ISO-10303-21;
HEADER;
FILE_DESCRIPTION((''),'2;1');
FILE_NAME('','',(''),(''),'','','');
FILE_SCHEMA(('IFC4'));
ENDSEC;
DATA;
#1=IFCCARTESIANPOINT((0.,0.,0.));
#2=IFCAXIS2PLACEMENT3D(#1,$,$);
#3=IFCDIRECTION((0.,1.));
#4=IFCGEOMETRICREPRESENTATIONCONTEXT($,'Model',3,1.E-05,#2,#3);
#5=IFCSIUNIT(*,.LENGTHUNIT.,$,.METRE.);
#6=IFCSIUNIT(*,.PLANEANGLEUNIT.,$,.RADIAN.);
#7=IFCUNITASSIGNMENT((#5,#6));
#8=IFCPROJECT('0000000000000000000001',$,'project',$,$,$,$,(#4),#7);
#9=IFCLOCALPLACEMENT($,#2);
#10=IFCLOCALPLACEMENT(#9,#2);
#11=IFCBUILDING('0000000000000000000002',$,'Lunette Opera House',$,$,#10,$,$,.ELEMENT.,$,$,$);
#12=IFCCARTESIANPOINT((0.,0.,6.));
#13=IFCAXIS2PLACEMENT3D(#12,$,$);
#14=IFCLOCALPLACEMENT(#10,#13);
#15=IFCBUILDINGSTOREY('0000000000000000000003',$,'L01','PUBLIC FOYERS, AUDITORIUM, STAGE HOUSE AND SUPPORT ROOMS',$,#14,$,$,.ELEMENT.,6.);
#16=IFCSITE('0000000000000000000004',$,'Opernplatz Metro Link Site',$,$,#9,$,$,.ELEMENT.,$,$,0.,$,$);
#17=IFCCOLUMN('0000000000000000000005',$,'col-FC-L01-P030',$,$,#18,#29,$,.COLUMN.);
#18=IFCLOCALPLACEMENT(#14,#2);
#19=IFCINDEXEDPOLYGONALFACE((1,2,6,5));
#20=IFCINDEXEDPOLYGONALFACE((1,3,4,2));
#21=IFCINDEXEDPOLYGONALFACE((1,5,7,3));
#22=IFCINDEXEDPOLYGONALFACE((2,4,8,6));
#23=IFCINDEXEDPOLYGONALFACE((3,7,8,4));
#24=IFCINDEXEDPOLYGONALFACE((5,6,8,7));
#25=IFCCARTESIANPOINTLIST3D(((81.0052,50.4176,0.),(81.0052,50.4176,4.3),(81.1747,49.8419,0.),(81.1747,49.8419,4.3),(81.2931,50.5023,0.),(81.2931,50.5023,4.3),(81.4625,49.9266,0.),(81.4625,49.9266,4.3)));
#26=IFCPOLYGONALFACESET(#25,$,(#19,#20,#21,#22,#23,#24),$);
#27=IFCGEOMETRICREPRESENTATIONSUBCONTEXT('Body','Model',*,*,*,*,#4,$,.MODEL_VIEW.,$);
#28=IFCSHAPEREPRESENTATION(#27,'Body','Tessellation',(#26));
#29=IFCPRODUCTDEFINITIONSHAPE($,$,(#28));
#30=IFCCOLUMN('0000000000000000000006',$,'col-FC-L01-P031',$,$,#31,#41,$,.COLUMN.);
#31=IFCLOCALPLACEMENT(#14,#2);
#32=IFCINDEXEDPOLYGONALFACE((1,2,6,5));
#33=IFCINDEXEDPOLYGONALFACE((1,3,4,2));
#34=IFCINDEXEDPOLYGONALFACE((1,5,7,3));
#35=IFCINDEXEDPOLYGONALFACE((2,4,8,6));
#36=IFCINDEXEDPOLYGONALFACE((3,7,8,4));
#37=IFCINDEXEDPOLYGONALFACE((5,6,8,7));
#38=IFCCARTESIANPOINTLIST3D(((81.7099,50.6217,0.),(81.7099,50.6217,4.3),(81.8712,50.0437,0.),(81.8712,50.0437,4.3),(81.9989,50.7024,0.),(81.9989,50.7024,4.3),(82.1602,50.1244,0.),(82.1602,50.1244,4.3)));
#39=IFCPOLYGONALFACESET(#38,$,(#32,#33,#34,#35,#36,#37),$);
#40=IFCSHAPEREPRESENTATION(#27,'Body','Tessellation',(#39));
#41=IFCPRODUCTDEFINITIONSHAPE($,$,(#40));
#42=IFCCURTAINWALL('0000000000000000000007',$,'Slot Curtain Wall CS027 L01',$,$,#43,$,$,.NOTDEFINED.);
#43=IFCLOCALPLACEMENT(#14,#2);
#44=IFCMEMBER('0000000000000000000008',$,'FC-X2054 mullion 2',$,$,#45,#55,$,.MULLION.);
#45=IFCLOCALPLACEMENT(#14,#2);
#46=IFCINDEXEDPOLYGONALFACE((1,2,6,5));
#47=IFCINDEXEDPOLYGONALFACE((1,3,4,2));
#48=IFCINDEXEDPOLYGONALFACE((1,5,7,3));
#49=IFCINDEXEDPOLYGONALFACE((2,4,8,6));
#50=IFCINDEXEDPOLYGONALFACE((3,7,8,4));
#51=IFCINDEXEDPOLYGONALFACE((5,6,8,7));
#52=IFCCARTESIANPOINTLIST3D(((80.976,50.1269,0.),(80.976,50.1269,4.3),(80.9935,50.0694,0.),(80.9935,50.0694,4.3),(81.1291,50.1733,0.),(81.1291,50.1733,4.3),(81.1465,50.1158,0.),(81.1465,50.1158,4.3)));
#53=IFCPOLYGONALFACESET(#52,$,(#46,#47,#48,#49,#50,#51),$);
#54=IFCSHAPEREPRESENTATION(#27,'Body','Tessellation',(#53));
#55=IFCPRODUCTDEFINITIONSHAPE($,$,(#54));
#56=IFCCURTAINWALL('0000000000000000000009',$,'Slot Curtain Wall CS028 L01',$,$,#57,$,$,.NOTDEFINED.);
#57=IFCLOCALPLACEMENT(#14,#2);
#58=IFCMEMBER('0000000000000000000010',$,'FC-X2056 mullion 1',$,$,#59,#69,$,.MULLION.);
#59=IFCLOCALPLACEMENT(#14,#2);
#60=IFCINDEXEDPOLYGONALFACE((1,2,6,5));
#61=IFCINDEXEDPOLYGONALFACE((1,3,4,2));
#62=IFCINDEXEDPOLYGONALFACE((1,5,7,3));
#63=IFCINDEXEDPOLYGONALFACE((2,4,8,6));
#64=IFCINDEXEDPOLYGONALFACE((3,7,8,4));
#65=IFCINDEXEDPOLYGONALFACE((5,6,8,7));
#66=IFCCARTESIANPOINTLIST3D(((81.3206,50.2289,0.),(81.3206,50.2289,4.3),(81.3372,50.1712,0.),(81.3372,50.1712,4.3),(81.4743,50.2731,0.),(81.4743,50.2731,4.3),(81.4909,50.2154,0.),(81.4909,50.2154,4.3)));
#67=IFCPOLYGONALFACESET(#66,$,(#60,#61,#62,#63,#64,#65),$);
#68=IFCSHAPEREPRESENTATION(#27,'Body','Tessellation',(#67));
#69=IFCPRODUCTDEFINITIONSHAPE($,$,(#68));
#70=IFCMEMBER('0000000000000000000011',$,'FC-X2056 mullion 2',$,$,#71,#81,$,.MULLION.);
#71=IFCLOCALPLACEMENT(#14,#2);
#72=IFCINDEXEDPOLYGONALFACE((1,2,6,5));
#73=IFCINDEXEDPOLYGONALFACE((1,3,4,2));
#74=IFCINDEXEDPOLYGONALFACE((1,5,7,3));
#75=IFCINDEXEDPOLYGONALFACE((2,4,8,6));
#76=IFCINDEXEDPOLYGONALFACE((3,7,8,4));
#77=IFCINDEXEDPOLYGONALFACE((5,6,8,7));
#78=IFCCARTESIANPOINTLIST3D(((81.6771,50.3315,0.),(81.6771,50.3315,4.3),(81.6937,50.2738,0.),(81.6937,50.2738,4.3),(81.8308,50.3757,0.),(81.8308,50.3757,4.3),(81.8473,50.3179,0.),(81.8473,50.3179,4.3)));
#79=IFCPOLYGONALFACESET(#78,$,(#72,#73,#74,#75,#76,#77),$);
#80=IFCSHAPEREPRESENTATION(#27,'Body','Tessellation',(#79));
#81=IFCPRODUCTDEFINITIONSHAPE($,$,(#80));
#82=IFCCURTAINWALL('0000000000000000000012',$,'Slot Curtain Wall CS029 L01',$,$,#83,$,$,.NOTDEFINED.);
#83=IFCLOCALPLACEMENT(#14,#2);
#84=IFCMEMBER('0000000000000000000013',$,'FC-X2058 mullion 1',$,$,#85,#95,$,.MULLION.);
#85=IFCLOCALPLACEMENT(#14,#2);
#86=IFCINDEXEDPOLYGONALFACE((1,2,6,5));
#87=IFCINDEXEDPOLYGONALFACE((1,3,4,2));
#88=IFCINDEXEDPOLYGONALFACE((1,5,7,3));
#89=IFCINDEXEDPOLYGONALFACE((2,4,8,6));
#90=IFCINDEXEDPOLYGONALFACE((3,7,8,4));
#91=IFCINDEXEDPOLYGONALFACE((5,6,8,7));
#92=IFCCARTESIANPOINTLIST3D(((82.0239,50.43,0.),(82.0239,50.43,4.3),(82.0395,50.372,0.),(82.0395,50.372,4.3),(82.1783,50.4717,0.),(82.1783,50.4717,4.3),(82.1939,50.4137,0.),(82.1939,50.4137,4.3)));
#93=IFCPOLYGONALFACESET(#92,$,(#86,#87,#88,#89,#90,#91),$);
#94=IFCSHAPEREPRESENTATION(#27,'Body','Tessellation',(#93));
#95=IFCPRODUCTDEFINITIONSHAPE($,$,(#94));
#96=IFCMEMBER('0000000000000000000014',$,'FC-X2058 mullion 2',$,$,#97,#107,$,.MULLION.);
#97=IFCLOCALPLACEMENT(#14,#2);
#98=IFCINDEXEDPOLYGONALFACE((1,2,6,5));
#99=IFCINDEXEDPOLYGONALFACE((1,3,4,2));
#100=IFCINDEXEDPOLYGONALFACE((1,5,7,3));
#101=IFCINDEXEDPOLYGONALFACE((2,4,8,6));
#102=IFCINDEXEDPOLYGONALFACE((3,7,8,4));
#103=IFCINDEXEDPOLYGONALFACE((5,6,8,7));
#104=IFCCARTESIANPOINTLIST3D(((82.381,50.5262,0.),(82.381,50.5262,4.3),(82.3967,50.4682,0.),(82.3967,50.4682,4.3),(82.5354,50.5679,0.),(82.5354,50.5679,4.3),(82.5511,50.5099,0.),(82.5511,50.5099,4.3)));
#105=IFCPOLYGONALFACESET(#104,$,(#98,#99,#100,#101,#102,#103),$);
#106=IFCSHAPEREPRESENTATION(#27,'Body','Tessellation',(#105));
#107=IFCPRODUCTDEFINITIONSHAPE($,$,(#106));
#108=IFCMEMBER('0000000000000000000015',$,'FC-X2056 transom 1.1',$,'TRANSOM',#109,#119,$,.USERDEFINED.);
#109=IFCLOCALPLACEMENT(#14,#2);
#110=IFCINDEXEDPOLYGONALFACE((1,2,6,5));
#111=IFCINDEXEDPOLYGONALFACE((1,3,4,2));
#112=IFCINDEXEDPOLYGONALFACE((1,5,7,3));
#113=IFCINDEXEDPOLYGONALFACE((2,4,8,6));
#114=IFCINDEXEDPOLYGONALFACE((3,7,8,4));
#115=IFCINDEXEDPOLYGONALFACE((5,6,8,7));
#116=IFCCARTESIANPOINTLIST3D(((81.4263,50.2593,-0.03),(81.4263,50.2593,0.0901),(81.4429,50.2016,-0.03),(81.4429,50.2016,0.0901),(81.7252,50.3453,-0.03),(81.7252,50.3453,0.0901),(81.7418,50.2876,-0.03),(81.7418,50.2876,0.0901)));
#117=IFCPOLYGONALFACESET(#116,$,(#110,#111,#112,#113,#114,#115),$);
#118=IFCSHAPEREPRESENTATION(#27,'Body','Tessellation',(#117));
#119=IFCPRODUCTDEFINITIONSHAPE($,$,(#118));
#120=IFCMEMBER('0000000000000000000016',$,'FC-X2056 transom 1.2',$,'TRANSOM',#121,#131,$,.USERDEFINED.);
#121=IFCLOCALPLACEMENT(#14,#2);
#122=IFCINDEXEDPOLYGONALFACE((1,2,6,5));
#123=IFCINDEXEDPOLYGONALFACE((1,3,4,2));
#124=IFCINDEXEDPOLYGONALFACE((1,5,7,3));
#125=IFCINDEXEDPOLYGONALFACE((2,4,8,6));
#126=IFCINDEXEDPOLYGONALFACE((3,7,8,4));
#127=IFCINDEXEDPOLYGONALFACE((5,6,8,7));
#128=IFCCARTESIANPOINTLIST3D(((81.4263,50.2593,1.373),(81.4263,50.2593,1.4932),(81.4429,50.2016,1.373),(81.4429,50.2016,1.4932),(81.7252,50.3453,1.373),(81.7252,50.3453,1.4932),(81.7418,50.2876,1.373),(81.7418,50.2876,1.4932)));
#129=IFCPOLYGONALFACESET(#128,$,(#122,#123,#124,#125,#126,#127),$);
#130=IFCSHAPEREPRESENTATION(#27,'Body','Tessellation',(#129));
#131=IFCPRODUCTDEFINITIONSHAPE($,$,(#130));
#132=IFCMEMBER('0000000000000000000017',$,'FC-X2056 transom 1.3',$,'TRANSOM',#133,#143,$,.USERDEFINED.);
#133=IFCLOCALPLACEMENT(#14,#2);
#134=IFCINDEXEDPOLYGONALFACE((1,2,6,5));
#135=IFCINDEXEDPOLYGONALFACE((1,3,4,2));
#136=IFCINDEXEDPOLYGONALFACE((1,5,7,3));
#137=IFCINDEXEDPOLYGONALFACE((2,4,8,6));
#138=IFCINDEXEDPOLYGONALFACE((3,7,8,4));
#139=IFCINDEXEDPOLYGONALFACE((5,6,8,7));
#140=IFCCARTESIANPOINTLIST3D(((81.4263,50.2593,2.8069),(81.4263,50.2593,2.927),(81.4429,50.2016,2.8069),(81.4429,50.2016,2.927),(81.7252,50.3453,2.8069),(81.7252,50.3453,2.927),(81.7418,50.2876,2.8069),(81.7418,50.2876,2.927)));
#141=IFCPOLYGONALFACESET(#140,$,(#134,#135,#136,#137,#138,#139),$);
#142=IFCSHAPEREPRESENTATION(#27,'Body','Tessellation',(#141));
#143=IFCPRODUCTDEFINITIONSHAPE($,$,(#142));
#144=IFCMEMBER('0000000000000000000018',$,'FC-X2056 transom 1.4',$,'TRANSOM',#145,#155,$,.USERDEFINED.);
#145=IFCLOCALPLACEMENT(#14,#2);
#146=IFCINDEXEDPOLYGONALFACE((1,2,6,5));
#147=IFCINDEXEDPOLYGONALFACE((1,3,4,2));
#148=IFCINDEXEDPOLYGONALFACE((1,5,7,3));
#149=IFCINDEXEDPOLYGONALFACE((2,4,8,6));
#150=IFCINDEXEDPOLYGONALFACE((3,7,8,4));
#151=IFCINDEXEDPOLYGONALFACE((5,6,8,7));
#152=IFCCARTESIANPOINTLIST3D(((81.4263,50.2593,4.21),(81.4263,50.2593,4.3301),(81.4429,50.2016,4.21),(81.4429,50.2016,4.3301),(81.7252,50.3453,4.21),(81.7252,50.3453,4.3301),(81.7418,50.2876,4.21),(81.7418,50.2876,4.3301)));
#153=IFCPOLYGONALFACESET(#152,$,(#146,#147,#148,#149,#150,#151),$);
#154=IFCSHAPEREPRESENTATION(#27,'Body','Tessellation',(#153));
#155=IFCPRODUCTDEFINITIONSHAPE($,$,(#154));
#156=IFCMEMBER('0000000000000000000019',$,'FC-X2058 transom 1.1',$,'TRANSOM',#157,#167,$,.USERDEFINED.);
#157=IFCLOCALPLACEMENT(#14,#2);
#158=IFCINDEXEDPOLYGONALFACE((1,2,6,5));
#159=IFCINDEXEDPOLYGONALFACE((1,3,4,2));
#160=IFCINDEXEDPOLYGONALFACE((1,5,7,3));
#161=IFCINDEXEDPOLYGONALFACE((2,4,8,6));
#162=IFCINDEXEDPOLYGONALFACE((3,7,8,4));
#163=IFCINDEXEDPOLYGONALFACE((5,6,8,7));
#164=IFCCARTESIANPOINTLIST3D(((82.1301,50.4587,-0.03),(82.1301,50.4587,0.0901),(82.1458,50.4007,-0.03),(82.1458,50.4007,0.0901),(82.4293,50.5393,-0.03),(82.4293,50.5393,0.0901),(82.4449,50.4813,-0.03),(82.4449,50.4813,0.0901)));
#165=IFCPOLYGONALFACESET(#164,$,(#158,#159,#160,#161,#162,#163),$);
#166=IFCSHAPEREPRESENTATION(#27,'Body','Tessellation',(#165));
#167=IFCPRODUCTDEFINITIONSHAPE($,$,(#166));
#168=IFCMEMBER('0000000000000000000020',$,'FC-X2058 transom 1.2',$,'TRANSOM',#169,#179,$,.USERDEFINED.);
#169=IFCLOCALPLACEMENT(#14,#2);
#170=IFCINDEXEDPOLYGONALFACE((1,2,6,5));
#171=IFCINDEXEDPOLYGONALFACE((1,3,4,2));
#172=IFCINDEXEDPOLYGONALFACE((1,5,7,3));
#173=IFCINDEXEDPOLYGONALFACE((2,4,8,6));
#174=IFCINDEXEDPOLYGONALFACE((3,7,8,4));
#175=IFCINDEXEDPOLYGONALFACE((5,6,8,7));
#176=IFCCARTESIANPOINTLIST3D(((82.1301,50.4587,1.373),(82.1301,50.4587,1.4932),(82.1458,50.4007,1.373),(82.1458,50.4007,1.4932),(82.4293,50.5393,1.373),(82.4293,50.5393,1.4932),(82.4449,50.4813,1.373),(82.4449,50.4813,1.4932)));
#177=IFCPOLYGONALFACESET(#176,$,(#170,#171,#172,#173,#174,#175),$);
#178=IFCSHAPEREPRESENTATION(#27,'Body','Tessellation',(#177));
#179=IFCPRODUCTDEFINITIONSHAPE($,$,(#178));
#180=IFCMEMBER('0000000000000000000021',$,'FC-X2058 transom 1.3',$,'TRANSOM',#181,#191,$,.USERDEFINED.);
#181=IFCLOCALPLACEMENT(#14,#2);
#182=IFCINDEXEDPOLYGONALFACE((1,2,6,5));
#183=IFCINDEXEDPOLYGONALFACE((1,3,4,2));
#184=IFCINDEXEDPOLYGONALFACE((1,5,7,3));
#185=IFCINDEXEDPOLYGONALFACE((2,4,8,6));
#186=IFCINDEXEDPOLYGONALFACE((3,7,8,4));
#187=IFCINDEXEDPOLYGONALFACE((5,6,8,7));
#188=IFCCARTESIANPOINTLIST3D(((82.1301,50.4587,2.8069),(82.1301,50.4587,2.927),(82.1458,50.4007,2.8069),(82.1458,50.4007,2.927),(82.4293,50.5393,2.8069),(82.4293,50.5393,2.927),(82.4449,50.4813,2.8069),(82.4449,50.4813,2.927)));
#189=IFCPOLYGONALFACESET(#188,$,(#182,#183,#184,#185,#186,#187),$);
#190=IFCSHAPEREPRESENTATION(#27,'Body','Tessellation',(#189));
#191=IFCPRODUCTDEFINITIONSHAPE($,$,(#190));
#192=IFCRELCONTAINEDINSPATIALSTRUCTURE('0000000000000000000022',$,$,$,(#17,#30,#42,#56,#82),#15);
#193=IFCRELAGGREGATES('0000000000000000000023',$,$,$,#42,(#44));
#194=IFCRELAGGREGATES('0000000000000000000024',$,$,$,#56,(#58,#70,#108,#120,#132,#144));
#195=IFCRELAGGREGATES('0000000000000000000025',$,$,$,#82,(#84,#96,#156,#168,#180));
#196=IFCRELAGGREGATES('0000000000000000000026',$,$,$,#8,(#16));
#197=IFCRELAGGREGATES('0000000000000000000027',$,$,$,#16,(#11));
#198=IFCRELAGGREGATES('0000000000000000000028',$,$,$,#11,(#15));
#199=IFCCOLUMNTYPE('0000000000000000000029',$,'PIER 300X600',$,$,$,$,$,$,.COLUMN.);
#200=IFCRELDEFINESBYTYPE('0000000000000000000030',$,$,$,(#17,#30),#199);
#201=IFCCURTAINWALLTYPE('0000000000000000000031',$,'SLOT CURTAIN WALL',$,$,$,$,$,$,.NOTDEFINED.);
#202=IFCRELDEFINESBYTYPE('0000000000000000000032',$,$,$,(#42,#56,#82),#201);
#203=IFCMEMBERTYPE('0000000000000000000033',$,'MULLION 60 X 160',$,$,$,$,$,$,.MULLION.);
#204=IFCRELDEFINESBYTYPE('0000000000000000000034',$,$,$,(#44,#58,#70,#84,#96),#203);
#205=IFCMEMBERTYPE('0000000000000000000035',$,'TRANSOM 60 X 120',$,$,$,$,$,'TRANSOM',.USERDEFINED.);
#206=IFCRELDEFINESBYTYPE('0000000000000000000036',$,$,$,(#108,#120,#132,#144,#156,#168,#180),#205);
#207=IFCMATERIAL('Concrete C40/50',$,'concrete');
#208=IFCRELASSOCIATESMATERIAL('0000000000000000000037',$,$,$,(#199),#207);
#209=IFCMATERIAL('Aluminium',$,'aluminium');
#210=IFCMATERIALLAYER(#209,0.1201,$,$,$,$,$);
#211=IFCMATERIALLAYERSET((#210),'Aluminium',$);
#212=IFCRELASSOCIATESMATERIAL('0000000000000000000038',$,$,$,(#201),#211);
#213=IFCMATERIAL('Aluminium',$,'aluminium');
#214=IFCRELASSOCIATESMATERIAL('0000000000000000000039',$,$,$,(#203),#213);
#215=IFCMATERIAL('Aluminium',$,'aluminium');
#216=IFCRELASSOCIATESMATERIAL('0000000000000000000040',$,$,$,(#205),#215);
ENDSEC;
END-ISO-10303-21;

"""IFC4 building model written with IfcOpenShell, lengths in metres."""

from ifc_helpers import new_model, si_unit, direction, frame, origin, origin_2d, place, context, subcontext, project, spatial, rectangle, extrude, material, layer, layer_set, material_profile, profile_set, type_object, element, aggregate, save


model = new_model("IFC4")

# Units and contexts
model_context = context("Model", 3, precision=1e-05, world=origin(), true_north=direction((0.0, 1.0)))
body_context = subcontext(model_context, "Body", "Model", "MODEL_VIEW")
ifc_project = project(units=[si_unit("LENGTHUNIT", "METRE"), si_unit("PLANEANGLEUNIT", "RADIAN")], contexts=[model_context])

# Site, building, storey
site_placement = place(None, origin())
site = spatial("IfcSite", under=ifc_project, at=site_placement, Name="Opernplatz Metro Link Site", CompositionType="ELEMENT", RefElevation=0.0)
building_placement = place(site_placement, origin())
building = spatial("IfcBuilding", under=site, at=building_placement, Name="Lunette Opera House", CompositionType="ELEMENT")
storey_placement = place(building_placement, frame((0.0, 0.0, 6.0)))
storey = spatial("IfcBuildingStorey", under=building, at=storey_placement, Name="L01", Description="PUBLIC FOYERS, AUDITORIUM, STAGE HOUSE AND SUPPORT ROOMS", CompositionType="ELEMENT", Elevation=6.0)

# Columns
ifc_material_1 = material(Name="Concrete C40/50", Category="concrete")
ifc_material_profile_1 = material_profile(ifc_material_1, rectangle(XDim=0.3, YDim=0.6001, at=origin_2d()), Name="PIER 300X600")
ifc_profile_set_1 = profile_set([ifc_material_profile_1], Name="Concrete C40/50")
column_type = type_object("IfcColumnType", Name="PIER 300X600", PredefinedType="COLUMN", material=ifc_profile_set_1)
for number, where, z_axis, x_axis, name in (
    (1, (81.2339, 50.1721, 0.0), (0.0, 0.0, 1.0), (0.959314, 0.282341, 0.0), "col-FC-L01-P030"),
    (2, (81.9351, 50.373, 0.0), (0.0, 0.0, 1.0), (0.963163, 0.26892, 0.0), "col-FC-L01-P031"),
):
    element("IfcColumn", number, at=place(storey_placement, frame(where, z_axis=z_axis, x_axis=x_axis)), inside=storey, type_object=column_type, Name=name, PredefinedType="COLUMN", context=body_context, shape_type="SweptSolid", body=[
        extrude(rectangle(XDim=0.3, YDim=0.6001, at=origin_2d()), origin(), (0.0, 0.0, 1.0), 4.3),
    ])

# Curtain wall, member
ifc_material_2 = material(Name="Aluminium", Category="aluminium")
ifc_layer_1 = layer(ifc_material_2, 0.1201)
ifc_layer_set_1 = layer_set([ifc_layer_1], Name="Aluminium")
curtain_wall_type = type_object("IfcCurtainWallType", Name="SLOT CURTAIN WALL", PredefinedType="NOTDEFINED", material=ifc_layer_set_1)
curtain_wall_1_placement = place(storey_placement, origin())
curtain_wall_1 = element("IfcCurtainWall", 3, at=curtain_wall_1_placement, inside=storey, type_object=curtain_wall_type, Name="Slot Curtain Wall CS027 L01", PredefinedType="NOTDEFINED")
ifc_material_3 = material(Name="Aluminium", Category="aluminium")
ifc_material_profile_2 = material_profile(ifc_material_3, rectangle(XDim=0.0601, YDim=0.1599, at=origin_2d()), Name="MULLION 60 X 160")
ifc_profile_set_2 = profile_set([ifc_material_profile_2], Name="Aluminium")
member_type_1 = type_object("IfcMemberType", Name="MULLION 60 X 160", PredefinedType="MULLION", material=ifc_profile_set_2)
member_1_placement = place(storey_placement, frame((81.0613, 50.1213, 0.0), z_axis=(0.0, 0.0, 1.0), x_axis=(-0.29033, 0.956927, 0.0)))
member_1 = element("IfcMember", 4, at=member_1_placement, type_object=member_type_1, Name="FC-X2054 mullion 2", PredefinedType="MULLION", context=body_context, shape_type="SweptSolid", body=[
    extrude(rectangle(XDim=0.0601, YDim=0.1599, at=origin_2d()), origin(), (0.0, 0.0, 1.0), 4.3),
])

# Curtain walls, members
curtain_wall_2_placement = place(storey_placement, origin())
curtain_wall_2 = element("IfcCurtainWall", 5, at=curtain_wall_2_placement, inside=storey, type_object=curtain_wall_type, Name="Slot Curtain Wall CS028 L01", PredefinedType="NOTDEFINED")
member_2_placement = place(storey_placement, frame((81.4058, 50.2222, 0.0), z_axis=(0.0, 0.0, 1.0), x_axis=(-0.276254, 0.961085, 0.0)))
member_2 = element("IfcMember", 6, at=member_2_placement, type_object=member_type_1, Name="FC-X2056 mullion 1", PredefinedType="MULLION", context=body_context, shape_type="SweptSolid", body=[
    extrude(rectangle(XDim=0.0601, YDim=0.1599, at=origin_2d()), origin(), (0.0, 0.0, 1.0), 4.3),
])
member_3_placement = place(storey_placement, frame((81.7622, 50.3247, 0.0), z_axis=(0.0, 0.0, 1.0), x_axis=(-0.276254, 0.961085, 0.0)))
member_3 = element("IfcMember", 7, at=member_3_placement, type_object=member_type_1, Name="FC-X2056 mullion 2", PredefinedType="MULLION", context=body_context, shape_type="SweptSolid", body=[
    extrude(rectangle(XDim=0.0601, YDim=0.1599, at=origin_2d()), origin(), (0.0, 0.0, 1.0), 4.3),
])
curtain_wall_3_placement = place(storey_placement, origin())
curtain_wall_3 = element("IfcCurtainWall", 8, at=curtain_wall_3_placement, inside=storey, type_object=curtain_wall_type, Name="Slot Curtain Wall CS029 L01", PredefinedType="NOTDEFINED")
member_4_placement = place(storey_placement, frame((82.1089, 50.4219, 0.0), z_axis=(0.0, 0.0, 1.0), x_axis=(-0.260557, 0.965458, 0.0)))
member_4 = element("IfcMember", 9, at=member_4_placement, type_object=member_type_1, Name="FC-X2058 mullion 1", PredefinedType="MULLION", context=body_context, shape_type="SweptSolid", body=[
    extrude(rectangle(XDim=0.0601, YDim=0.1599, at=origin_2d()), origin(), (0.0, 0.0, 1.0), 4.3),
])
member_5_placement = place(storey_placement, frame((82.4661, 50.5181, 0.0), z_axis=(0.0, 0.0, 1.0), x_axis=(-0.260557, 0.965458, 0.0)))
member_5 = element("IfcMember", 10, at=member_5_placement, type_object=member_type_1, Name="FC-X2058 mullion 2", PredefinedType="MULLION", context=body_context, shape_type="SweptSolid", body=[
    extrude(rectangle(XDim=0.0601, YDim=0.1599, at=origin_2d()), origin(), (0.0, 0.0, 1.0), 4.3),
])

# Members
ifc_material_4 = material(Name="Aluminium", Category="aluminium")
ifc_material_profile_3 = material_profile(ifc_material_4, rectangle(XDim=0.0601, YDim=0.1201, at=origin_2d()), Name="TRANSOM 60 X 120")
ifc_profile_set_3 = profile_set([ifc_material_profile_3], Name="Aluminium")
member_type_2 = type_object("IfcMemberType", Name="TRANSOM 60 X 120", ElementType="TRANSOM", PredefinedType="USERDEFINED", material=ifc_profile_set_3)
member_6_placement = place(storey_placement, frame((81.4346, 50.2305, 0.03), z_axis=(0.961048, 0.27638, 0.0), x_axis=(-0.27638, 0.961048, 0.0)))
member_6 = element("IfcMember", 11, at=member_6_placement, type_object=member_type_2, Name="FC-X2056 transom 1.1", ObjectType="TRANSOM", PredefinedType="USERDEFINED", context=body_context, shape_type="SweptSolid", body=[
    extrude(rectangle(XDim=0.0601, YDim=0.1201, at=origin_2d()), origin(), (0.0, 0.0, 1.0), 0.311),
])
member_7_placement = place(storey_placement, frame((81.4346, 50.2305, 1.4331), z_axis=(0.961048, 0.27638, 0.0), x_axis=(-0.27638, 0.961048, 0.0)))
member_7 = element("IfcMember", 12, at=member_7_placement, type_object=member_type_2, Name="FC-X2056 transom 1.2", ObjectType="TRANSOM", PredefinedType="USERDEFINED", context=body_context, shape_type="SweptSolid", body=[
    extrude(rectangle(XDim=0.0601, YDim=0.1201, at=origin_2d()), origin(), (0.0, 0.0, 1.0), 0.311),
])
member_8_placement = place(storey_placement, frame((81.4346, 50.2305, 2.8669), z_axis=(0.961048, 0.27638, 0.0), x_axis=(-0.27638, 0.961048, 0.0)))
member_8 = element("IfcMember", 13, at=member_8_placement, type_object=member_type_2, Name="FC-X2056 transom 1.3", ObjectType="TRANSOM", PredefinedType="USERDEFINED", context=body_context, shape_type="SweptSolid", body=[
    extrude(rectangle(XDim=0.0601, YDim=0.1201, at=origin_2d()), origin(), (0.0, 0.0, 1.0), 0.311),
])
member_9_placement = place(storey_placement, frame((81.4346, 50.2305, 4.27), z_axis=(0.961048, 0.27638, 0.0), x_axis=(-0.27638, 0.961048, 0.0)))
member_9 = element("IfcMember", 14, at=member_9_placement, type_object=member_type_2, Name="FC-X2056 transom 1.4", ObjectType="TRANSOM", PredefinedType="USERDEFINED", context=body_context, shape_type="SweptSolid", body=[
    extrude(rectangle(XDim=0.0601, YDim=0.1201, at=origin_2d()), origin(), (0.0, 0.0, 1.0), 0.311),
])
member_10_placement = place(storey_placement, frame((82.1379, 50.4297, 0.03), z_axis=(0.965578, 0.260115, 0.0), x_axis=(-0.260115, 0.965578, 0.0)))
member_10 = element("IfcMember", 15, at=member_10_placement, type_object=member_type_2, Name="FC-X2058 transom 1.1", ObjectType="TRANSOM", PredefinedType="USERDEFINED", context=body_context, shape_type="SweptSolid", body=[
    extrude(rectangle(XDim=0.0601, YDim=0.1201, at=origin_2d()), origin(), (0.0, 0.0, 1.0), 0.3098),
])
member_11_placement = place(storey_placement, frame((82.1379, 50.4297, 1.4331), z_axis=(0.965578, 0.260115, 0.0), x_axis=(-0.260115, 0.965578, 0.0)))
member_11 = element("IfcMember", 16, at=member_11_placement, type_object=member_type_2, Name="FC-X2058 transom 1.2", ObjectType="TRANSOM", PredefinedType="USERDEFINED", context=body_context, shape_type="SweptSolid", body=[
    extrude(rectangle(XDim=0.0601, YDim=0.1201, at=origin_2d()), origin(), (0.0, 0.0, 1.0), 0.3098),
])
member_12_placement = place(storey_placement, frame((82.1379, 50.4297, 2.8669), z_axis=(0.965578, 0.260115, 0.0), x_axis=(-0.260115, 0.965578, 0.0)))
member_12 = element("IfcMember", 17, at=member_12_placement, type_object=member_type_2, Name="FC-X2058 transom 1.3", ObjectType="TRANSOM", PredefinedType="USERDEFINED", context=body_context, shape_type="SweptSolid", body=[
    extrude(rectangle(XDim=0.0601, YDim=0.1201, at=origin_2d()), origin(), (0.0, 0.0, 1.0), 0.3098),
])

aggregate(curtain_wall_1, [member_1])
aggregate(curtain_wall_2, [member_2, member_3, member_6, member_7, member_8, member_9])
aggregate(curtain_wall_3, [member_4, member_5, member_10, member_11, member_12])

save(model, "model.ifc")
